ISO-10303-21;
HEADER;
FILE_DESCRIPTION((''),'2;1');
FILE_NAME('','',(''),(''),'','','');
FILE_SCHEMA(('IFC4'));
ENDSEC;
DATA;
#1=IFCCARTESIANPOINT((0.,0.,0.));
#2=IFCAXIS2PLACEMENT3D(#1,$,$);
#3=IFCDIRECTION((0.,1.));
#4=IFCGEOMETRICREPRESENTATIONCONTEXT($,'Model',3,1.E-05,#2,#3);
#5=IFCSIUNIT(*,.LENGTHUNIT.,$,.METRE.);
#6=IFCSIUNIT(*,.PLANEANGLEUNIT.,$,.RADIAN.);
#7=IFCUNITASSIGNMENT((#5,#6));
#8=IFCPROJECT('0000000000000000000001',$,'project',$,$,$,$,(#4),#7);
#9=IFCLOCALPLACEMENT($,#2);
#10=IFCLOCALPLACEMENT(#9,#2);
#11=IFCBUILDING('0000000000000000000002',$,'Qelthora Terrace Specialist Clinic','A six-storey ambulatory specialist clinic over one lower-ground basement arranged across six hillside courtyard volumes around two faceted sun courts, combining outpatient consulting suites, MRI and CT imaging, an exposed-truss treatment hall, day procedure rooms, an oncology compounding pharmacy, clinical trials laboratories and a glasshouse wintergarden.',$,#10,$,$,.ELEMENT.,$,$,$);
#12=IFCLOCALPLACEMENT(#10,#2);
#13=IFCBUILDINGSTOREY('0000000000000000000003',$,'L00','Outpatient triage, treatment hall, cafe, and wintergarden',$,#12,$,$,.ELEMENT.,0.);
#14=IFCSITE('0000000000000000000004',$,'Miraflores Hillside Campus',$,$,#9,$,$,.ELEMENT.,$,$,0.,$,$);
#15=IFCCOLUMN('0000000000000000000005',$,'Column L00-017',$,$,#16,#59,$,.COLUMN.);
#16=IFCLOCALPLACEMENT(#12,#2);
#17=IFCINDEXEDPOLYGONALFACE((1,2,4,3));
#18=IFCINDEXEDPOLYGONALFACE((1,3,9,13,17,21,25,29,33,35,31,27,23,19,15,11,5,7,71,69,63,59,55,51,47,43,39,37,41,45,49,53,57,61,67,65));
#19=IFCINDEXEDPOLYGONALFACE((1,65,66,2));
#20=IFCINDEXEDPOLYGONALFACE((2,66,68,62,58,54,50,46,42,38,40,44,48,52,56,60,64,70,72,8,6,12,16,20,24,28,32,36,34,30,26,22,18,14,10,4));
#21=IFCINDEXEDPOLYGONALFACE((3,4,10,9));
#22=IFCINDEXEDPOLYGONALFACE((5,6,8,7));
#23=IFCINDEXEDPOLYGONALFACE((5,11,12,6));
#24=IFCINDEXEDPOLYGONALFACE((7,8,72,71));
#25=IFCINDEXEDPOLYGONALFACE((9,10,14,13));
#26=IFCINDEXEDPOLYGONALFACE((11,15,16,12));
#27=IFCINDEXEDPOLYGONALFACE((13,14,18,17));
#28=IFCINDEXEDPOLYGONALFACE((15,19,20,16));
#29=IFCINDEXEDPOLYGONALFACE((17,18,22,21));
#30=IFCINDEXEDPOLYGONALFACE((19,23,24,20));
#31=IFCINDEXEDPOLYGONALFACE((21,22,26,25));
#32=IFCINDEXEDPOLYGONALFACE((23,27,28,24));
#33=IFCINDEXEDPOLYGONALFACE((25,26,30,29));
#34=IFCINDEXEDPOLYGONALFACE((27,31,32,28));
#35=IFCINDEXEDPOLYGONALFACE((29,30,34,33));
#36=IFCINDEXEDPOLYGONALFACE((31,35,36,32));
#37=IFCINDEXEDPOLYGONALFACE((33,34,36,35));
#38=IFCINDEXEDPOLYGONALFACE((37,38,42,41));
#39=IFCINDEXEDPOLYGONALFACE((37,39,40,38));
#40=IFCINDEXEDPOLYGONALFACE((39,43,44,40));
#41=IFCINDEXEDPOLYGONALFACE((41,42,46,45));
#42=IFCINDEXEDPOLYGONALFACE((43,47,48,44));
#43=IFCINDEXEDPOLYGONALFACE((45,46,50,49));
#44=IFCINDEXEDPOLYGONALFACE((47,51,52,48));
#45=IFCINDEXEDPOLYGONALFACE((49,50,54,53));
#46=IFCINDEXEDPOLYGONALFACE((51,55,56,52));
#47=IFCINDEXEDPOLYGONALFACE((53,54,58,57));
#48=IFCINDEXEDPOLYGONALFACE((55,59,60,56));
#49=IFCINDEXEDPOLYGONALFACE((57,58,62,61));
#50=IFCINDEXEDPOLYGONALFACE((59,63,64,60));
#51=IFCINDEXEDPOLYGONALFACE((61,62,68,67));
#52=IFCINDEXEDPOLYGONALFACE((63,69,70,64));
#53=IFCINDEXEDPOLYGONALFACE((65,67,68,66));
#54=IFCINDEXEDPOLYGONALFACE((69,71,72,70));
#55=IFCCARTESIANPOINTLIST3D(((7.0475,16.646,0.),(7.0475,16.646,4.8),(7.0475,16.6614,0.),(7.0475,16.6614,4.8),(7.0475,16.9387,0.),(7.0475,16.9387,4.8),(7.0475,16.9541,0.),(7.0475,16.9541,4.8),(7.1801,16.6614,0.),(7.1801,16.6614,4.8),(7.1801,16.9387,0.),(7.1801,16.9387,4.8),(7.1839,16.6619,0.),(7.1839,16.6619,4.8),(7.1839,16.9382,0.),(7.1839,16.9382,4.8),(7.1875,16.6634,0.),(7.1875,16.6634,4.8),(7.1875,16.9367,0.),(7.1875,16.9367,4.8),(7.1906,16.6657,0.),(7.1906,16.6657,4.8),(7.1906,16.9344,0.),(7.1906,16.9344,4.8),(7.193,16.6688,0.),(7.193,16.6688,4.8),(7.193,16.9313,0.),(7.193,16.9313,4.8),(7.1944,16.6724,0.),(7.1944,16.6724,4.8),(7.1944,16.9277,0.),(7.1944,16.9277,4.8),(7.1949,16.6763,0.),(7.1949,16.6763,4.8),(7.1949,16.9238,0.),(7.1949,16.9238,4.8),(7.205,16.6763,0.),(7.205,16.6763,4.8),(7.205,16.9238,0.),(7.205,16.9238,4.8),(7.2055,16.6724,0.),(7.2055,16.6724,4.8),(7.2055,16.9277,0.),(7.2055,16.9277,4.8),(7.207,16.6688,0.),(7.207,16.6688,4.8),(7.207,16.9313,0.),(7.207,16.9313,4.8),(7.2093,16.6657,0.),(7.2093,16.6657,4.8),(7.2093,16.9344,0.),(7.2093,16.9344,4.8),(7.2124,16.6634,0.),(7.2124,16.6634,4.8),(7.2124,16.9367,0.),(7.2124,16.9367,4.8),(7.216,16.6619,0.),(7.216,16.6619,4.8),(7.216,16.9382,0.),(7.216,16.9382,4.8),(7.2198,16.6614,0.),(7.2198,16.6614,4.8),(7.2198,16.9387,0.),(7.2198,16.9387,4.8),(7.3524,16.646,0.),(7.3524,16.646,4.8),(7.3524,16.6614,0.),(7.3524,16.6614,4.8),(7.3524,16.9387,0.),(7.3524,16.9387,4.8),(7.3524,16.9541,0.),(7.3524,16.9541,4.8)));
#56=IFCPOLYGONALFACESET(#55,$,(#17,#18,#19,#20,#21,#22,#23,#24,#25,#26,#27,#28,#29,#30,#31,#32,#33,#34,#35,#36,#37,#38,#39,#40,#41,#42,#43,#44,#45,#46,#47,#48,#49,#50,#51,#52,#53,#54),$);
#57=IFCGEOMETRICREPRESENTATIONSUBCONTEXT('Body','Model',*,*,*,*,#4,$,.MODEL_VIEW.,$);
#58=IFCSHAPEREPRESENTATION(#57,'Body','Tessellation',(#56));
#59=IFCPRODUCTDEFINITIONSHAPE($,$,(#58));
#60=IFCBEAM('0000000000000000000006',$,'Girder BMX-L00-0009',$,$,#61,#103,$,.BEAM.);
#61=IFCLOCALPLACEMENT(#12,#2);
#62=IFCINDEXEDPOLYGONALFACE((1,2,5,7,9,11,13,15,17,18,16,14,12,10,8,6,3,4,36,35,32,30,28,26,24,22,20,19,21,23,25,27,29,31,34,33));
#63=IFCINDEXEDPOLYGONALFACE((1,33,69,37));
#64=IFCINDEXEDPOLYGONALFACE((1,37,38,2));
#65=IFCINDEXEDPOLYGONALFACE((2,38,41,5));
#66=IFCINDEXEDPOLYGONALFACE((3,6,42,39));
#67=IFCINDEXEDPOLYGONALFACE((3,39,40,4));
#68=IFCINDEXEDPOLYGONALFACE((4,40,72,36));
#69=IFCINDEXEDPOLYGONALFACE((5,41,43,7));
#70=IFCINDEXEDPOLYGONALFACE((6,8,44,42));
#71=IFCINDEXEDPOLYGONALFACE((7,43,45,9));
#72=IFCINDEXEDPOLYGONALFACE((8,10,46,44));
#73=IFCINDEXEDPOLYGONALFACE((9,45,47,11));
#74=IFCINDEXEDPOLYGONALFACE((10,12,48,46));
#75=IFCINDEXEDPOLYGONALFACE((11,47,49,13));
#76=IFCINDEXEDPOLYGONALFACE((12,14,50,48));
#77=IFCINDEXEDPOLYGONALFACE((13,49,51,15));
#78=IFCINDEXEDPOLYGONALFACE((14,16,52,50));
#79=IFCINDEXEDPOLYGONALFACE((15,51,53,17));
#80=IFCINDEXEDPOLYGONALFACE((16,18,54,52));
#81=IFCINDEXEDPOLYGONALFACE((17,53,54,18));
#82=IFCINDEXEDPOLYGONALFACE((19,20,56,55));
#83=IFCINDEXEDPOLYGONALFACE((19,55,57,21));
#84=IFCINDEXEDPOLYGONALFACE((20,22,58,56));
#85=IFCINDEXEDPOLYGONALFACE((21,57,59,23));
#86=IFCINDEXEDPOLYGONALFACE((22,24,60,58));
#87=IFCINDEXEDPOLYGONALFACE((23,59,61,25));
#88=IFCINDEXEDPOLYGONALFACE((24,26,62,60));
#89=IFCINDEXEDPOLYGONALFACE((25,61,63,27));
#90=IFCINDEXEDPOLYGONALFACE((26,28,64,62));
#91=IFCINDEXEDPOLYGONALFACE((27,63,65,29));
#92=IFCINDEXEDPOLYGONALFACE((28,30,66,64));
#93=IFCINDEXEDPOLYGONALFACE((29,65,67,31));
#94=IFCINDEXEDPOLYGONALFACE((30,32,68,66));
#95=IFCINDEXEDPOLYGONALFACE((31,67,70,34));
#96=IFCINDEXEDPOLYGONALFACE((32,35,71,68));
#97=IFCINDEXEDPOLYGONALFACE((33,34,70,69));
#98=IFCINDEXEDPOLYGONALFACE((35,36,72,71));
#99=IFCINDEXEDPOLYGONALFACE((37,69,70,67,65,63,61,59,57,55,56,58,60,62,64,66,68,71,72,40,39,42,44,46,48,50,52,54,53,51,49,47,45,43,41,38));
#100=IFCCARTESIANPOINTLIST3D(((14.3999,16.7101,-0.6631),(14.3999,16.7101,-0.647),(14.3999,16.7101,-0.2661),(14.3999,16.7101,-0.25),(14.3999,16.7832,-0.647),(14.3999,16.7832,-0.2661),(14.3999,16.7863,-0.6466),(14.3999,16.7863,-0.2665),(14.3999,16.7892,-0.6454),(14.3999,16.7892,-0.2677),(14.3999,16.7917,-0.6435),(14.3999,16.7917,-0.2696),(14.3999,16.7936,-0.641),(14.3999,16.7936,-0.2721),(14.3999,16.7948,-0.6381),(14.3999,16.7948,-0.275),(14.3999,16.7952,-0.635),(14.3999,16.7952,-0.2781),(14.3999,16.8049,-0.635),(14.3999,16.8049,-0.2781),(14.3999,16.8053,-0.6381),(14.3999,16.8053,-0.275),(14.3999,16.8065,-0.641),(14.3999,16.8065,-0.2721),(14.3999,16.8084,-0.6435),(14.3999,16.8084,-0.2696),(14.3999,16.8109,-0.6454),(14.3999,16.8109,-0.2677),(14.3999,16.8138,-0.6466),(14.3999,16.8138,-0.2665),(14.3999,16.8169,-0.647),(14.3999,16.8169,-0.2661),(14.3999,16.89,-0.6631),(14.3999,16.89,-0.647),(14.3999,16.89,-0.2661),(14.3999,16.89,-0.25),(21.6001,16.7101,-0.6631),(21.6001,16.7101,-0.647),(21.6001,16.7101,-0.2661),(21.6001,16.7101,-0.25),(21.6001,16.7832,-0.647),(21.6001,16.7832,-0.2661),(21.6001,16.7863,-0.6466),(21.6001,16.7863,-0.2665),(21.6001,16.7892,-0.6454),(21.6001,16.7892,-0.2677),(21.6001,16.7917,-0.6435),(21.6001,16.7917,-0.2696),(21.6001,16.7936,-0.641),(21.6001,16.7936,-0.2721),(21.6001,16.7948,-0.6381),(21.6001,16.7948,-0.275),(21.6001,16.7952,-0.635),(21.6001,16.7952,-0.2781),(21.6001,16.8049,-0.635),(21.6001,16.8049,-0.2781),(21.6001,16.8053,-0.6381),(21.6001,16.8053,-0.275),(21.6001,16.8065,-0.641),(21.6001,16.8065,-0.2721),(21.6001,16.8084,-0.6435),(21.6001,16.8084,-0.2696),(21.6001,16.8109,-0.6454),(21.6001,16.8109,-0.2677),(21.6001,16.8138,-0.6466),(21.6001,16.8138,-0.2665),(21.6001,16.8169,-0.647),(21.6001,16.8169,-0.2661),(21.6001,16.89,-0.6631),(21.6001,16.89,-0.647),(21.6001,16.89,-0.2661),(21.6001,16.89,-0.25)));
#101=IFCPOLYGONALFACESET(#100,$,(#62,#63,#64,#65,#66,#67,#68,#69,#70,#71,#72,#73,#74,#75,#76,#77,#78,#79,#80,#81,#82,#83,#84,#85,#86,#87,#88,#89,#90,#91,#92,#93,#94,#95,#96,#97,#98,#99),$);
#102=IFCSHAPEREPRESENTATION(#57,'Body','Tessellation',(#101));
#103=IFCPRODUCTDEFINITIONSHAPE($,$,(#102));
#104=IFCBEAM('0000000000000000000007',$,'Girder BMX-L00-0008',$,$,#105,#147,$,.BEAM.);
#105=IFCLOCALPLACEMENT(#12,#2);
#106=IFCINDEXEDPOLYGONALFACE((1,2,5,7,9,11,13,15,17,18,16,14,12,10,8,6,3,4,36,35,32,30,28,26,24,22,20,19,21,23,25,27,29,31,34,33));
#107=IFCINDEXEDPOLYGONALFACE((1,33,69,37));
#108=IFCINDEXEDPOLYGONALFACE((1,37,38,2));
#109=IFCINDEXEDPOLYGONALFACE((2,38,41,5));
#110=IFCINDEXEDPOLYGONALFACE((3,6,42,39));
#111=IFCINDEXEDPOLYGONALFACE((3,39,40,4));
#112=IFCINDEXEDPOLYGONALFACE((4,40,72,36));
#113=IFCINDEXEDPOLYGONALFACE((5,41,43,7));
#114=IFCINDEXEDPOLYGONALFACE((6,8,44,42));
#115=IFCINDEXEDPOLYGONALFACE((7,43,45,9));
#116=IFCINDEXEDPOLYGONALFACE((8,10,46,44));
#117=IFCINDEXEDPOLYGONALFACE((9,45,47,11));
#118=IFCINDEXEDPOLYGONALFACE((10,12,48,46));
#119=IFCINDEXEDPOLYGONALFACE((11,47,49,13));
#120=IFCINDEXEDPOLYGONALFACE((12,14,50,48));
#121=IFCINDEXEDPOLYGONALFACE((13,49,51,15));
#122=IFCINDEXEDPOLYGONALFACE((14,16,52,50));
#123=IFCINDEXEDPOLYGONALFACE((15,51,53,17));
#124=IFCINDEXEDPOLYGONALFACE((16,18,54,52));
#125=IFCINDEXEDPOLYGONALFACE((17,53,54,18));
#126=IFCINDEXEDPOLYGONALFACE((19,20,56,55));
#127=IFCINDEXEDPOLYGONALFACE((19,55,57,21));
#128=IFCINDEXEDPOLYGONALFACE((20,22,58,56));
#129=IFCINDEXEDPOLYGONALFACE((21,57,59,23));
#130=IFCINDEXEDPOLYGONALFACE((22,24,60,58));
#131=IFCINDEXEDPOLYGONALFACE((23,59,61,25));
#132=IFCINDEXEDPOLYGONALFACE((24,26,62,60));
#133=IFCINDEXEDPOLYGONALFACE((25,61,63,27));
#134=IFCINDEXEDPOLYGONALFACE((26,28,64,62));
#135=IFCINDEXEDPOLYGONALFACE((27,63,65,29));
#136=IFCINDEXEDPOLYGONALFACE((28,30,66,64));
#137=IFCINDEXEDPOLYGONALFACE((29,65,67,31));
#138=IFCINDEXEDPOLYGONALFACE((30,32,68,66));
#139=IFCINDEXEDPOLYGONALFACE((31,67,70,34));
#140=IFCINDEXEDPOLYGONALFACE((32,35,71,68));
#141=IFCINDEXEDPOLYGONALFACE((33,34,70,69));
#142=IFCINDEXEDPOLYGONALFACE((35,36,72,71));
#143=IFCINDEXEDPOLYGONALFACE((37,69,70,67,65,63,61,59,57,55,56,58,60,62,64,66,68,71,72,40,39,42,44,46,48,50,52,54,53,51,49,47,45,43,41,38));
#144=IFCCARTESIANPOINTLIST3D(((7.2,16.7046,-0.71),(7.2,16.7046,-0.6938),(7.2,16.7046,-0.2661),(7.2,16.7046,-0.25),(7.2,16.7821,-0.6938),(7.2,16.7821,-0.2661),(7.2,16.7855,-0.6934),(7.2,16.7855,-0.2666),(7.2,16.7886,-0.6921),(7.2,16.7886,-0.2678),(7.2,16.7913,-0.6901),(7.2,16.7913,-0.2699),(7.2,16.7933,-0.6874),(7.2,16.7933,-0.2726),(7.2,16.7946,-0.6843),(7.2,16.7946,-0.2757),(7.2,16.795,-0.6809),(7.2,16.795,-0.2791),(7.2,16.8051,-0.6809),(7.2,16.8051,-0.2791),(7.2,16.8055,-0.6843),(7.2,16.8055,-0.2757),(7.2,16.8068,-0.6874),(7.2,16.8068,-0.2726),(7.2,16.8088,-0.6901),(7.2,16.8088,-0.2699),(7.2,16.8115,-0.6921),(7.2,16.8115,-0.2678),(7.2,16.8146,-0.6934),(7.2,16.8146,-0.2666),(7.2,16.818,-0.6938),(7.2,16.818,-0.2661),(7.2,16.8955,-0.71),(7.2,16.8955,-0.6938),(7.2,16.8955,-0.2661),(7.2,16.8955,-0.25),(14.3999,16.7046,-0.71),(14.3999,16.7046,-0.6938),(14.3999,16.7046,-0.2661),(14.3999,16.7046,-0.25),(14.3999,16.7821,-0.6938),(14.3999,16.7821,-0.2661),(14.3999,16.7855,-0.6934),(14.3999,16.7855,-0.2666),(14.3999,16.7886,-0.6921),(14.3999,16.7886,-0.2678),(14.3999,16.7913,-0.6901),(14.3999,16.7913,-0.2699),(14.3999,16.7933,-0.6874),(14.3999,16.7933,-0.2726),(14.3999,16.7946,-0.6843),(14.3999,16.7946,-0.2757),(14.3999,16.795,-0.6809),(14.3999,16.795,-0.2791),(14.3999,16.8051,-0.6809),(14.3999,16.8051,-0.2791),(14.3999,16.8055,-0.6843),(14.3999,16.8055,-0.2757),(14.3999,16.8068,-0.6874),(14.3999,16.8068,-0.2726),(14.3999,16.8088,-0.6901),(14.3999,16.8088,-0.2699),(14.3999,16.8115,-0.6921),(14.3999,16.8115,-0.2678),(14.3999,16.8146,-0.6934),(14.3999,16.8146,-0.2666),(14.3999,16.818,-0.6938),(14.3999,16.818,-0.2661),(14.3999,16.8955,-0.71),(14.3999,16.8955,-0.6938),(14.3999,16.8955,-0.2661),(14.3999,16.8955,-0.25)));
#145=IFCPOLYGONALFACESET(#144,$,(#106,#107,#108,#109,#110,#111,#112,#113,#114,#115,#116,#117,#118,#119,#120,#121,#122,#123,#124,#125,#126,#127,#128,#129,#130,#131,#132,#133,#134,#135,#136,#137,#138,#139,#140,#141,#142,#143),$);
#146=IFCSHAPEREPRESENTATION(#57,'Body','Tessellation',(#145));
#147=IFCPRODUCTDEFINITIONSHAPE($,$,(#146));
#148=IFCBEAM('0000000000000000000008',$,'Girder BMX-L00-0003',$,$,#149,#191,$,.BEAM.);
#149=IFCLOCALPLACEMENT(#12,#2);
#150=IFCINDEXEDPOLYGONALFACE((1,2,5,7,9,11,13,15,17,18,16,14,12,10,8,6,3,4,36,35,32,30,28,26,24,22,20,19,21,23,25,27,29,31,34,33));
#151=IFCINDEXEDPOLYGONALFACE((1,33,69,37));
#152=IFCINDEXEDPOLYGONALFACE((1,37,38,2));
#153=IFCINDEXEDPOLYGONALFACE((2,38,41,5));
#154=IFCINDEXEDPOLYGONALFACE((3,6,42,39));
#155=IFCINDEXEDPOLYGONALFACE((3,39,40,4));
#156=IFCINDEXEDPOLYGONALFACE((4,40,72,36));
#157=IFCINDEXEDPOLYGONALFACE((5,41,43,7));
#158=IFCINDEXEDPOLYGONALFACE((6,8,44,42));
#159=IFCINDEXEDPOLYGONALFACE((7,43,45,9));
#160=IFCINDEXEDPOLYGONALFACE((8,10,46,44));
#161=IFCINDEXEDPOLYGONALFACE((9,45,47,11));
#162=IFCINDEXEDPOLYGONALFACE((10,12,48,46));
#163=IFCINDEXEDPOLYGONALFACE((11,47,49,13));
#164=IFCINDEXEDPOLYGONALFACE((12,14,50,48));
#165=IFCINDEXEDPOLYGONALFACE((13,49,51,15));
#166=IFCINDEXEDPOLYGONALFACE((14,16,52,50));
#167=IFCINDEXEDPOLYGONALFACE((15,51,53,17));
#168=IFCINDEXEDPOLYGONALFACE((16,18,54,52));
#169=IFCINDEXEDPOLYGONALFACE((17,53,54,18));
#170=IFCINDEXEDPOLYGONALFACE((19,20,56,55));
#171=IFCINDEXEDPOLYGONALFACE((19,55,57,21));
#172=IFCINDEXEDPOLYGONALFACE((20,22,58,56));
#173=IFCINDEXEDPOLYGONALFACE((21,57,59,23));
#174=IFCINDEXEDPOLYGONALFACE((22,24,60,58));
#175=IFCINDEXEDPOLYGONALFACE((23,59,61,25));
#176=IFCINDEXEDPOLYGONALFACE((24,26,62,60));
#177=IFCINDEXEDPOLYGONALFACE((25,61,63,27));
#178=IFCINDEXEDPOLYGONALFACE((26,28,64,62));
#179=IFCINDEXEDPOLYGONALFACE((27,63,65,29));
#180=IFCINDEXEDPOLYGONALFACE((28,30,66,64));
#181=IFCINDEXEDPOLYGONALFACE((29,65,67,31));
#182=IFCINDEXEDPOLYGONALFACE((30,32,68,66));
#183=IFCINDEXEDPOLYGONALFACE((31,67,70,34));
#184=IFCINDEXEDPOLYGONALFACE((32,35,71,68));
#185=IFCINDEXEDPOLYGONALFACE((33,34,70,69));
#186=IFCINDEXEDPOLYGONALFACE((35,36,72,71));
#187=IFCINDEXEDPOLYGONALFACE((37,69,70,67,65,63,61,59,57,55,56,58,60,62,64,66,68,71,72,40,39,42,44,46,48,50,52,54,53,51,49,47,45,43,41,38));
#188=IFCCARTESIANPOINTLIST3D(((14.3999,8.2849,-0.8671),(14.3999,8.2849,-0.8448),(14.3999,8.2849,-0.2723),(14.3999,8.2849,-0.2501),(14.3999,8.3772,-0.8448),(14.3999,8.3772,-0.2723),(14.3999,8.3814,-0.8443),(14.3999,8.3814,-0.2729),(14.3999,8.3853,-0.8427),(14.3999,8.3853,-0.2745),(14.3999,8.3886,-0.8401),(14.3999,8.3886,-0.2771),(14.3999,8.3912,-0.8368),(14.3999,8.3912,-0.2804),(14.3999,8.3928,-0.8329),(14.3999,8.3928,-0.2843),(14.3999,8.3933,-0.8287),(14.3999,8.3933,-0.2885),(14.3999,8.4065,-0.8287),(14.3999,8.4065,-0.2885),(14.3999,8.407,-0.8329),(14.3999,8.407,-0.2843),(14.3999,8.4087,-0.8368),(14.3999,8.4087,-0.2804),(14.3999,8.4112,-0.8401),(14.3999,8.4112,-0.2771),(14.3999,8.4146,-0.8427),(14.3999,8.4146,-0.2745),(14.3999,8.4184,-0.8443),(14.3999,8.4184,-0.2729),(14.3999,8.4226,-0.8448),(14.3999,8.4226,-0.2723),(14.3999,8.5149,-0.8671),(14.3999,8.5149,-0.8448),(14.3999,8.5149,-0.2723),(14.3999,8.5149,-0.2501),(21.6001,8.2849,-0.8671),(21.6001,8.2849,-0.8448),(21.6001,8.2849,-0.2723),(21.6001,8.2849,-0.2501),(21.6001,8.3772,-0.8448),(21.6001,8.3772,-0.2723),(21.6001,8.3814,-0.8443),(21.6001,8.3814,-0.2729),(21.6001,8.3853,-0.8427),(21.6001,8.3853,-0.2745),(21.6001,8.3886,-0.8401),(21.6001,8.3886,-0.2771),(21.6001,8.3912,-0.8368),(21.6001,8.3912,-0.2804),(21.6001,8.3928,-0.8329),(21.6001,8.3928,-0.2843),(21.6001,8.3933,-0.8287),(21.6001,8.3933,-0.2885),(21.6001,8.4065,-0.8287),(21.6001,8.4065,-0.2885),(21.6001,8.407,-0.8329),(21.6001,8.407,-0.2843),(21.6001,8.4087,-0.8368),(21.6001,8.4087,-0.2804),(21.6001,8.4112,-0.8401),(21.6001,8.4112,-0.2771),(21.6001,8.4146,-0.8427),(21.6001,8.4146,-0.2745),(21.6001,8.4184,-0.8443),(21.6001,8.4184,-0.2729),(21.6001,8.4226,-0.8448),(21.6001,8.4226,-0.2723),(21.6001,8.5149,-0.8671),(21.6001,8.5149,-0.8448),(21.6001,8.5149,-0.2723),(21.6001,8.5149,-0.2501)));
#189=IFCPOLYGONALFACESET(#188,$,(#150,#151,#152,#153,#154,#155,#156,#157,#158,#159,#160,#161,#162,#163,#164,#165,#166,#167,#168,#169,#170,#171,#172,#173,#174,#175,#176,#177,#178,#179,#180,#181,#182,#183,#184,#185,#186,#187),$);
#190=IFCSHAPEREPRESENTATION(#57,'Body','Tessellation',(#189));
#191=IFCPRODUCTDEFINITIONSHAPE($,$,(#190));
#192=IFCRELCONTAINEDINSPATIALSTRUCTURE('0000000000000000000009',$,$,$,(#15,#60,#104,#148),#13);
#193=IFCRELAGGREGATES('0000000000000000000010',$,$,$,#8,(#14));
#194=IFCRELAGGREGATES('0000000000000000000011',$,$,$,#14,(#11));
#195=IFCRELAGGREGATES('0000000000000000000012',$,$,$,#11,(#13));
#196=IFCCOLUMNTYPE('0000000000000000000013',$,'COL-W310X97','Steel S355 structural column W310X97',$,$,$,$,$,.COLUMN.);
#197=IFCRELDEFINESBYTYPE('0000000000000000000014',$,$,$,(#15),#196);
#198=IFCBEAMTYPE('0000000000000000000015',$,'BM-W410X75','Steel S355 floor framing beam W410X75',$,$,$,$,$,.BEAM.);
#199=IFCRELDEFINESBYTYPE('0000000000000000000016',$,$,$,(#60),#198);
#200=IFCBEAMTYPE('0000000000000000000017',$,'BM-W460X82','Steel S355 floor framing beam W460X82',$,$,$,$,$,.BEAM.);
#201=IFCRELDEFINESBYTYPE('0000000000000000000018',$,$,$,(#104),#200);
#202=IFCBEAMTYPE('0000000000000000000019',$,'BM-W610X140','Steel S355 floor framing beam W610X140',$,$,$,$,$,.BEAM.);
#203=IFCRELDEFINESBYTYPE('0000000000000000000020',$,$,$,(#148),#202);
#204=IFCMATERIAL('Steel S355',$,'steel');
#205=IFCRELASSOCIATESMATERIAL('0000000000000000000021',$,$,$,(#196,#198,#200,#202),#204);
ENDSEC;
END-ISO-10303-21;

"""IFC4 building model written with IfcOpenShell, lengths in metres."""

from ifc_helpers import new_model, si_unit, direction, frame, origin, origin_2d, place, context, subcontext, project, spatial, i_section, extrude, material, material_profile, profile_set, type_object, element, save


model = new_model("IFC4")

# Units and contexts
model_context = context("Model", 3, precision=1e-05, world=origin(), true_north=direction((0.0, 1.0)))
body_context = subcontext(model_context, "Body", "Model", "MODEL_VIEW")
ifc_project = project(units=[si_unit("LENGTHUNIT", "METRE"), si_unit("PLANEANGLEUNIT", "RADIAN")], contexts=[model_context])

# Site, building, storey
site_placement = place(None, origin())
site = spatial("IfcSite", under=ifc_project, at=site_placement, Name="Miraflores Hillside Campus", CompositionType="ELEMENT", RefElevation=0.0)
building_placement = place(site_placement, origin())
building = spatial("IfcBuilding", under=site, at=building_placement, Name="Qelthora Terrace Specialist Clinic", Description="A six-storey ambulatory specialist clinic over one lower-ground basement arranged across six hillside courtyard volumes around two faceted sun courts, combining outpatient consulting suites, MRI and CT imaging, an exposed-truss treatment hall, day procedure rooms, an oncology compounding pharmacy, clinical trials laboratories and a glasshouse wintergarden.", CompositionType="ELEMENT")
storey_placement = place(building_placement, origin())
storey = spatial("IfcBuildingStorey", under=building, at=storey_placement, Name="L00", Description="Outpatient triage, treatment hall, cafe, and wintergarden", CompositionType="ELEMENT", Elevation=0.0)

# Column
ifc_material_1 = material(Name="Steel S355", Category="steel")
ifc_material_profile_1 = material_profile(ifc_material_1, i_section(OverallWidth=0.3049, OverallDepth=0.3081, WebThickness=0.01, FlangeThickness=0.0154, FilletRadius=0.0149, at=origin_2d()), Name="W310X97")
ifc_profile_set_1 = profile_set([ifc_material_profile_1], Name="Steel S355")
column_type_1 = type_object("IfcColumnType", Name="COL-W310X97", Description="Steel S355 structural column W310X97", PredefinedType="COLUMN", material=ifc_profile_set_1)
column_1_placement = place(storey_placement, frame((7.2, 16.8, 0.0), z_axis=(0.0, 0.0, 1.0), x_axis=(1.0, 0.0, 0.0)))
element("IfcColumn", 1, at=column_1_placement, inside=storey, type_object=column_type_1, Name="Column L00-017", PredefinedType="COLUMN", context=body_context, shape_type="SweptSolid", body=[
    extrude(i_section(OverallWidth=0.3049, OverallDepth=0.3081, WebThickness=0.01, FlangeThickness=0.0154, FilletRadius=0.0149, at=origin_2d()), origin(), (0.0, 0.0, 1.0), 4.8),
])

# Beams
ifc_material_profile_2 = material_profile(ifc_material_1, i_section(OverallWidth=0.1799, OverallDepth=0.4131, WebThickness=0.0098, FlangeThickness=0.0161, FilletRadius=0.012, at=origin_2d()), Name="W410X75")
ifc_profile_set_2 = profile_set([ifc_material_profile_2], Name="Steel S355")
beam_type_1 = type_object("IfcBeamType", Name="BM-W410X75", Description="Steel S355 floor framing beam W410X75", PredefinedType="BEAM", material=ifc_profile_set_2)
beam_1_placement = place(storey_placement, frame((14.3999, 16.8, -0.4565), z_axis=(1.0, 0.0, 0.0), x_axis=(0.0, 1.0, 0.0)))
element("IfcBeam", 2, at=beam_1_placement, inside=storey, type_object=beam_type_1, Name="Girder BMX-L00-0009", PredefinedType="BEAM", context=body_context, shape_type="SweptSolid", body=[
    extrude(i_section(OverallWidth=0.1799, OverallDepth=0.4131, WebThickness=0.0098, FlangeThickness=0.0161, FilletRadius=0.012, at=origin_2d()), origin(), (0.0, 0.0, 1.0), 7.2002),
])
ifc_material_profile_3 = material_profile(ifc_material_1, i_section(OverallWidth=0.1909, OverallDepth=0.46, WebThickness=0.01, FlangeThickness=0.0161, FilletRadius=0.0129, at=origin_2d()), Name="W460X82")
ifc_profile_set_3 = profile_set([ifc_material_profile_3], Name="Steel S355")
beam_type_2 = type_object("IfcBeamType", Name="BM-W460X82", Description="Steel S355 floor framing beam W460X82", PredefinedType="BEAM", material=ifc_profile_set_3)
beam_2_placement = place(storey_placement, frame((7.2, 16.8, -0.48), z_axis=(1.0, 0.0, 0.0), x_axis=(0.0, 1.0, 0.0)))
element("IfcBeam", 3, at=beam_2_placement, inside=storey, type_object=beam_type_2, Name="Girder BMX-L00-0008", PredefinedType="BEAM", context=body_context, shape_type="SweptSolid", body=[
    extrude(i_section(OverallWidth=0.1909, OverallDepth=0.46, WebThickness=0.01, FlangeThickness=0.0161, FilletRadius=0.0129, at=origin_2d()), origin(), (0.0, 0.0, 1.0), 7.2),
])
ifc_material_profile_4 = material_profile(ifc_material_1, i_section(OverallWidth=0.23, OverallDepth=0.6169, WebThickness=0.0132, FlangeThickness=0.0222, FilletRadius=0.0161, at=origin_2d()), Name="W610X140")
ifc_profile_set_4 = profile_set([ifc_material_profile_4], Name="Steel S355")
beam_type_3 = type_object("IfcBeamType", Name="BM-W610X140", Description="Steel S355 floor framing beam W610X140", PredefinedType="BEAM", material=ifc_profile_set_4)
beam_3_placement = place(storey_placement, frame((14.3999, 8.3999, -0.5586), z_axis=(1.0, 0.0, 0.0), x_axis=(0.0, 1.0, 0.0)))
element("IfcBeam", 4, at=beam_3_placement, inside=storey, type_object=beam_type_3, Name="Girder BMX-L00-0003", PredefinedType="BEAM", context=body_context, shape_type="SweptSolid", body=[
    extrude(i_section(OverallWidth=0.23, OverallDepth=0.6169, WebThickness=0.0132, FlangeThickness=0.0222, FilletRadius=0.0161, at=origin_2d()), origin(), (0.0, 0.0, 1.0), 7.2002),
])

save(model, "model.ifc")
